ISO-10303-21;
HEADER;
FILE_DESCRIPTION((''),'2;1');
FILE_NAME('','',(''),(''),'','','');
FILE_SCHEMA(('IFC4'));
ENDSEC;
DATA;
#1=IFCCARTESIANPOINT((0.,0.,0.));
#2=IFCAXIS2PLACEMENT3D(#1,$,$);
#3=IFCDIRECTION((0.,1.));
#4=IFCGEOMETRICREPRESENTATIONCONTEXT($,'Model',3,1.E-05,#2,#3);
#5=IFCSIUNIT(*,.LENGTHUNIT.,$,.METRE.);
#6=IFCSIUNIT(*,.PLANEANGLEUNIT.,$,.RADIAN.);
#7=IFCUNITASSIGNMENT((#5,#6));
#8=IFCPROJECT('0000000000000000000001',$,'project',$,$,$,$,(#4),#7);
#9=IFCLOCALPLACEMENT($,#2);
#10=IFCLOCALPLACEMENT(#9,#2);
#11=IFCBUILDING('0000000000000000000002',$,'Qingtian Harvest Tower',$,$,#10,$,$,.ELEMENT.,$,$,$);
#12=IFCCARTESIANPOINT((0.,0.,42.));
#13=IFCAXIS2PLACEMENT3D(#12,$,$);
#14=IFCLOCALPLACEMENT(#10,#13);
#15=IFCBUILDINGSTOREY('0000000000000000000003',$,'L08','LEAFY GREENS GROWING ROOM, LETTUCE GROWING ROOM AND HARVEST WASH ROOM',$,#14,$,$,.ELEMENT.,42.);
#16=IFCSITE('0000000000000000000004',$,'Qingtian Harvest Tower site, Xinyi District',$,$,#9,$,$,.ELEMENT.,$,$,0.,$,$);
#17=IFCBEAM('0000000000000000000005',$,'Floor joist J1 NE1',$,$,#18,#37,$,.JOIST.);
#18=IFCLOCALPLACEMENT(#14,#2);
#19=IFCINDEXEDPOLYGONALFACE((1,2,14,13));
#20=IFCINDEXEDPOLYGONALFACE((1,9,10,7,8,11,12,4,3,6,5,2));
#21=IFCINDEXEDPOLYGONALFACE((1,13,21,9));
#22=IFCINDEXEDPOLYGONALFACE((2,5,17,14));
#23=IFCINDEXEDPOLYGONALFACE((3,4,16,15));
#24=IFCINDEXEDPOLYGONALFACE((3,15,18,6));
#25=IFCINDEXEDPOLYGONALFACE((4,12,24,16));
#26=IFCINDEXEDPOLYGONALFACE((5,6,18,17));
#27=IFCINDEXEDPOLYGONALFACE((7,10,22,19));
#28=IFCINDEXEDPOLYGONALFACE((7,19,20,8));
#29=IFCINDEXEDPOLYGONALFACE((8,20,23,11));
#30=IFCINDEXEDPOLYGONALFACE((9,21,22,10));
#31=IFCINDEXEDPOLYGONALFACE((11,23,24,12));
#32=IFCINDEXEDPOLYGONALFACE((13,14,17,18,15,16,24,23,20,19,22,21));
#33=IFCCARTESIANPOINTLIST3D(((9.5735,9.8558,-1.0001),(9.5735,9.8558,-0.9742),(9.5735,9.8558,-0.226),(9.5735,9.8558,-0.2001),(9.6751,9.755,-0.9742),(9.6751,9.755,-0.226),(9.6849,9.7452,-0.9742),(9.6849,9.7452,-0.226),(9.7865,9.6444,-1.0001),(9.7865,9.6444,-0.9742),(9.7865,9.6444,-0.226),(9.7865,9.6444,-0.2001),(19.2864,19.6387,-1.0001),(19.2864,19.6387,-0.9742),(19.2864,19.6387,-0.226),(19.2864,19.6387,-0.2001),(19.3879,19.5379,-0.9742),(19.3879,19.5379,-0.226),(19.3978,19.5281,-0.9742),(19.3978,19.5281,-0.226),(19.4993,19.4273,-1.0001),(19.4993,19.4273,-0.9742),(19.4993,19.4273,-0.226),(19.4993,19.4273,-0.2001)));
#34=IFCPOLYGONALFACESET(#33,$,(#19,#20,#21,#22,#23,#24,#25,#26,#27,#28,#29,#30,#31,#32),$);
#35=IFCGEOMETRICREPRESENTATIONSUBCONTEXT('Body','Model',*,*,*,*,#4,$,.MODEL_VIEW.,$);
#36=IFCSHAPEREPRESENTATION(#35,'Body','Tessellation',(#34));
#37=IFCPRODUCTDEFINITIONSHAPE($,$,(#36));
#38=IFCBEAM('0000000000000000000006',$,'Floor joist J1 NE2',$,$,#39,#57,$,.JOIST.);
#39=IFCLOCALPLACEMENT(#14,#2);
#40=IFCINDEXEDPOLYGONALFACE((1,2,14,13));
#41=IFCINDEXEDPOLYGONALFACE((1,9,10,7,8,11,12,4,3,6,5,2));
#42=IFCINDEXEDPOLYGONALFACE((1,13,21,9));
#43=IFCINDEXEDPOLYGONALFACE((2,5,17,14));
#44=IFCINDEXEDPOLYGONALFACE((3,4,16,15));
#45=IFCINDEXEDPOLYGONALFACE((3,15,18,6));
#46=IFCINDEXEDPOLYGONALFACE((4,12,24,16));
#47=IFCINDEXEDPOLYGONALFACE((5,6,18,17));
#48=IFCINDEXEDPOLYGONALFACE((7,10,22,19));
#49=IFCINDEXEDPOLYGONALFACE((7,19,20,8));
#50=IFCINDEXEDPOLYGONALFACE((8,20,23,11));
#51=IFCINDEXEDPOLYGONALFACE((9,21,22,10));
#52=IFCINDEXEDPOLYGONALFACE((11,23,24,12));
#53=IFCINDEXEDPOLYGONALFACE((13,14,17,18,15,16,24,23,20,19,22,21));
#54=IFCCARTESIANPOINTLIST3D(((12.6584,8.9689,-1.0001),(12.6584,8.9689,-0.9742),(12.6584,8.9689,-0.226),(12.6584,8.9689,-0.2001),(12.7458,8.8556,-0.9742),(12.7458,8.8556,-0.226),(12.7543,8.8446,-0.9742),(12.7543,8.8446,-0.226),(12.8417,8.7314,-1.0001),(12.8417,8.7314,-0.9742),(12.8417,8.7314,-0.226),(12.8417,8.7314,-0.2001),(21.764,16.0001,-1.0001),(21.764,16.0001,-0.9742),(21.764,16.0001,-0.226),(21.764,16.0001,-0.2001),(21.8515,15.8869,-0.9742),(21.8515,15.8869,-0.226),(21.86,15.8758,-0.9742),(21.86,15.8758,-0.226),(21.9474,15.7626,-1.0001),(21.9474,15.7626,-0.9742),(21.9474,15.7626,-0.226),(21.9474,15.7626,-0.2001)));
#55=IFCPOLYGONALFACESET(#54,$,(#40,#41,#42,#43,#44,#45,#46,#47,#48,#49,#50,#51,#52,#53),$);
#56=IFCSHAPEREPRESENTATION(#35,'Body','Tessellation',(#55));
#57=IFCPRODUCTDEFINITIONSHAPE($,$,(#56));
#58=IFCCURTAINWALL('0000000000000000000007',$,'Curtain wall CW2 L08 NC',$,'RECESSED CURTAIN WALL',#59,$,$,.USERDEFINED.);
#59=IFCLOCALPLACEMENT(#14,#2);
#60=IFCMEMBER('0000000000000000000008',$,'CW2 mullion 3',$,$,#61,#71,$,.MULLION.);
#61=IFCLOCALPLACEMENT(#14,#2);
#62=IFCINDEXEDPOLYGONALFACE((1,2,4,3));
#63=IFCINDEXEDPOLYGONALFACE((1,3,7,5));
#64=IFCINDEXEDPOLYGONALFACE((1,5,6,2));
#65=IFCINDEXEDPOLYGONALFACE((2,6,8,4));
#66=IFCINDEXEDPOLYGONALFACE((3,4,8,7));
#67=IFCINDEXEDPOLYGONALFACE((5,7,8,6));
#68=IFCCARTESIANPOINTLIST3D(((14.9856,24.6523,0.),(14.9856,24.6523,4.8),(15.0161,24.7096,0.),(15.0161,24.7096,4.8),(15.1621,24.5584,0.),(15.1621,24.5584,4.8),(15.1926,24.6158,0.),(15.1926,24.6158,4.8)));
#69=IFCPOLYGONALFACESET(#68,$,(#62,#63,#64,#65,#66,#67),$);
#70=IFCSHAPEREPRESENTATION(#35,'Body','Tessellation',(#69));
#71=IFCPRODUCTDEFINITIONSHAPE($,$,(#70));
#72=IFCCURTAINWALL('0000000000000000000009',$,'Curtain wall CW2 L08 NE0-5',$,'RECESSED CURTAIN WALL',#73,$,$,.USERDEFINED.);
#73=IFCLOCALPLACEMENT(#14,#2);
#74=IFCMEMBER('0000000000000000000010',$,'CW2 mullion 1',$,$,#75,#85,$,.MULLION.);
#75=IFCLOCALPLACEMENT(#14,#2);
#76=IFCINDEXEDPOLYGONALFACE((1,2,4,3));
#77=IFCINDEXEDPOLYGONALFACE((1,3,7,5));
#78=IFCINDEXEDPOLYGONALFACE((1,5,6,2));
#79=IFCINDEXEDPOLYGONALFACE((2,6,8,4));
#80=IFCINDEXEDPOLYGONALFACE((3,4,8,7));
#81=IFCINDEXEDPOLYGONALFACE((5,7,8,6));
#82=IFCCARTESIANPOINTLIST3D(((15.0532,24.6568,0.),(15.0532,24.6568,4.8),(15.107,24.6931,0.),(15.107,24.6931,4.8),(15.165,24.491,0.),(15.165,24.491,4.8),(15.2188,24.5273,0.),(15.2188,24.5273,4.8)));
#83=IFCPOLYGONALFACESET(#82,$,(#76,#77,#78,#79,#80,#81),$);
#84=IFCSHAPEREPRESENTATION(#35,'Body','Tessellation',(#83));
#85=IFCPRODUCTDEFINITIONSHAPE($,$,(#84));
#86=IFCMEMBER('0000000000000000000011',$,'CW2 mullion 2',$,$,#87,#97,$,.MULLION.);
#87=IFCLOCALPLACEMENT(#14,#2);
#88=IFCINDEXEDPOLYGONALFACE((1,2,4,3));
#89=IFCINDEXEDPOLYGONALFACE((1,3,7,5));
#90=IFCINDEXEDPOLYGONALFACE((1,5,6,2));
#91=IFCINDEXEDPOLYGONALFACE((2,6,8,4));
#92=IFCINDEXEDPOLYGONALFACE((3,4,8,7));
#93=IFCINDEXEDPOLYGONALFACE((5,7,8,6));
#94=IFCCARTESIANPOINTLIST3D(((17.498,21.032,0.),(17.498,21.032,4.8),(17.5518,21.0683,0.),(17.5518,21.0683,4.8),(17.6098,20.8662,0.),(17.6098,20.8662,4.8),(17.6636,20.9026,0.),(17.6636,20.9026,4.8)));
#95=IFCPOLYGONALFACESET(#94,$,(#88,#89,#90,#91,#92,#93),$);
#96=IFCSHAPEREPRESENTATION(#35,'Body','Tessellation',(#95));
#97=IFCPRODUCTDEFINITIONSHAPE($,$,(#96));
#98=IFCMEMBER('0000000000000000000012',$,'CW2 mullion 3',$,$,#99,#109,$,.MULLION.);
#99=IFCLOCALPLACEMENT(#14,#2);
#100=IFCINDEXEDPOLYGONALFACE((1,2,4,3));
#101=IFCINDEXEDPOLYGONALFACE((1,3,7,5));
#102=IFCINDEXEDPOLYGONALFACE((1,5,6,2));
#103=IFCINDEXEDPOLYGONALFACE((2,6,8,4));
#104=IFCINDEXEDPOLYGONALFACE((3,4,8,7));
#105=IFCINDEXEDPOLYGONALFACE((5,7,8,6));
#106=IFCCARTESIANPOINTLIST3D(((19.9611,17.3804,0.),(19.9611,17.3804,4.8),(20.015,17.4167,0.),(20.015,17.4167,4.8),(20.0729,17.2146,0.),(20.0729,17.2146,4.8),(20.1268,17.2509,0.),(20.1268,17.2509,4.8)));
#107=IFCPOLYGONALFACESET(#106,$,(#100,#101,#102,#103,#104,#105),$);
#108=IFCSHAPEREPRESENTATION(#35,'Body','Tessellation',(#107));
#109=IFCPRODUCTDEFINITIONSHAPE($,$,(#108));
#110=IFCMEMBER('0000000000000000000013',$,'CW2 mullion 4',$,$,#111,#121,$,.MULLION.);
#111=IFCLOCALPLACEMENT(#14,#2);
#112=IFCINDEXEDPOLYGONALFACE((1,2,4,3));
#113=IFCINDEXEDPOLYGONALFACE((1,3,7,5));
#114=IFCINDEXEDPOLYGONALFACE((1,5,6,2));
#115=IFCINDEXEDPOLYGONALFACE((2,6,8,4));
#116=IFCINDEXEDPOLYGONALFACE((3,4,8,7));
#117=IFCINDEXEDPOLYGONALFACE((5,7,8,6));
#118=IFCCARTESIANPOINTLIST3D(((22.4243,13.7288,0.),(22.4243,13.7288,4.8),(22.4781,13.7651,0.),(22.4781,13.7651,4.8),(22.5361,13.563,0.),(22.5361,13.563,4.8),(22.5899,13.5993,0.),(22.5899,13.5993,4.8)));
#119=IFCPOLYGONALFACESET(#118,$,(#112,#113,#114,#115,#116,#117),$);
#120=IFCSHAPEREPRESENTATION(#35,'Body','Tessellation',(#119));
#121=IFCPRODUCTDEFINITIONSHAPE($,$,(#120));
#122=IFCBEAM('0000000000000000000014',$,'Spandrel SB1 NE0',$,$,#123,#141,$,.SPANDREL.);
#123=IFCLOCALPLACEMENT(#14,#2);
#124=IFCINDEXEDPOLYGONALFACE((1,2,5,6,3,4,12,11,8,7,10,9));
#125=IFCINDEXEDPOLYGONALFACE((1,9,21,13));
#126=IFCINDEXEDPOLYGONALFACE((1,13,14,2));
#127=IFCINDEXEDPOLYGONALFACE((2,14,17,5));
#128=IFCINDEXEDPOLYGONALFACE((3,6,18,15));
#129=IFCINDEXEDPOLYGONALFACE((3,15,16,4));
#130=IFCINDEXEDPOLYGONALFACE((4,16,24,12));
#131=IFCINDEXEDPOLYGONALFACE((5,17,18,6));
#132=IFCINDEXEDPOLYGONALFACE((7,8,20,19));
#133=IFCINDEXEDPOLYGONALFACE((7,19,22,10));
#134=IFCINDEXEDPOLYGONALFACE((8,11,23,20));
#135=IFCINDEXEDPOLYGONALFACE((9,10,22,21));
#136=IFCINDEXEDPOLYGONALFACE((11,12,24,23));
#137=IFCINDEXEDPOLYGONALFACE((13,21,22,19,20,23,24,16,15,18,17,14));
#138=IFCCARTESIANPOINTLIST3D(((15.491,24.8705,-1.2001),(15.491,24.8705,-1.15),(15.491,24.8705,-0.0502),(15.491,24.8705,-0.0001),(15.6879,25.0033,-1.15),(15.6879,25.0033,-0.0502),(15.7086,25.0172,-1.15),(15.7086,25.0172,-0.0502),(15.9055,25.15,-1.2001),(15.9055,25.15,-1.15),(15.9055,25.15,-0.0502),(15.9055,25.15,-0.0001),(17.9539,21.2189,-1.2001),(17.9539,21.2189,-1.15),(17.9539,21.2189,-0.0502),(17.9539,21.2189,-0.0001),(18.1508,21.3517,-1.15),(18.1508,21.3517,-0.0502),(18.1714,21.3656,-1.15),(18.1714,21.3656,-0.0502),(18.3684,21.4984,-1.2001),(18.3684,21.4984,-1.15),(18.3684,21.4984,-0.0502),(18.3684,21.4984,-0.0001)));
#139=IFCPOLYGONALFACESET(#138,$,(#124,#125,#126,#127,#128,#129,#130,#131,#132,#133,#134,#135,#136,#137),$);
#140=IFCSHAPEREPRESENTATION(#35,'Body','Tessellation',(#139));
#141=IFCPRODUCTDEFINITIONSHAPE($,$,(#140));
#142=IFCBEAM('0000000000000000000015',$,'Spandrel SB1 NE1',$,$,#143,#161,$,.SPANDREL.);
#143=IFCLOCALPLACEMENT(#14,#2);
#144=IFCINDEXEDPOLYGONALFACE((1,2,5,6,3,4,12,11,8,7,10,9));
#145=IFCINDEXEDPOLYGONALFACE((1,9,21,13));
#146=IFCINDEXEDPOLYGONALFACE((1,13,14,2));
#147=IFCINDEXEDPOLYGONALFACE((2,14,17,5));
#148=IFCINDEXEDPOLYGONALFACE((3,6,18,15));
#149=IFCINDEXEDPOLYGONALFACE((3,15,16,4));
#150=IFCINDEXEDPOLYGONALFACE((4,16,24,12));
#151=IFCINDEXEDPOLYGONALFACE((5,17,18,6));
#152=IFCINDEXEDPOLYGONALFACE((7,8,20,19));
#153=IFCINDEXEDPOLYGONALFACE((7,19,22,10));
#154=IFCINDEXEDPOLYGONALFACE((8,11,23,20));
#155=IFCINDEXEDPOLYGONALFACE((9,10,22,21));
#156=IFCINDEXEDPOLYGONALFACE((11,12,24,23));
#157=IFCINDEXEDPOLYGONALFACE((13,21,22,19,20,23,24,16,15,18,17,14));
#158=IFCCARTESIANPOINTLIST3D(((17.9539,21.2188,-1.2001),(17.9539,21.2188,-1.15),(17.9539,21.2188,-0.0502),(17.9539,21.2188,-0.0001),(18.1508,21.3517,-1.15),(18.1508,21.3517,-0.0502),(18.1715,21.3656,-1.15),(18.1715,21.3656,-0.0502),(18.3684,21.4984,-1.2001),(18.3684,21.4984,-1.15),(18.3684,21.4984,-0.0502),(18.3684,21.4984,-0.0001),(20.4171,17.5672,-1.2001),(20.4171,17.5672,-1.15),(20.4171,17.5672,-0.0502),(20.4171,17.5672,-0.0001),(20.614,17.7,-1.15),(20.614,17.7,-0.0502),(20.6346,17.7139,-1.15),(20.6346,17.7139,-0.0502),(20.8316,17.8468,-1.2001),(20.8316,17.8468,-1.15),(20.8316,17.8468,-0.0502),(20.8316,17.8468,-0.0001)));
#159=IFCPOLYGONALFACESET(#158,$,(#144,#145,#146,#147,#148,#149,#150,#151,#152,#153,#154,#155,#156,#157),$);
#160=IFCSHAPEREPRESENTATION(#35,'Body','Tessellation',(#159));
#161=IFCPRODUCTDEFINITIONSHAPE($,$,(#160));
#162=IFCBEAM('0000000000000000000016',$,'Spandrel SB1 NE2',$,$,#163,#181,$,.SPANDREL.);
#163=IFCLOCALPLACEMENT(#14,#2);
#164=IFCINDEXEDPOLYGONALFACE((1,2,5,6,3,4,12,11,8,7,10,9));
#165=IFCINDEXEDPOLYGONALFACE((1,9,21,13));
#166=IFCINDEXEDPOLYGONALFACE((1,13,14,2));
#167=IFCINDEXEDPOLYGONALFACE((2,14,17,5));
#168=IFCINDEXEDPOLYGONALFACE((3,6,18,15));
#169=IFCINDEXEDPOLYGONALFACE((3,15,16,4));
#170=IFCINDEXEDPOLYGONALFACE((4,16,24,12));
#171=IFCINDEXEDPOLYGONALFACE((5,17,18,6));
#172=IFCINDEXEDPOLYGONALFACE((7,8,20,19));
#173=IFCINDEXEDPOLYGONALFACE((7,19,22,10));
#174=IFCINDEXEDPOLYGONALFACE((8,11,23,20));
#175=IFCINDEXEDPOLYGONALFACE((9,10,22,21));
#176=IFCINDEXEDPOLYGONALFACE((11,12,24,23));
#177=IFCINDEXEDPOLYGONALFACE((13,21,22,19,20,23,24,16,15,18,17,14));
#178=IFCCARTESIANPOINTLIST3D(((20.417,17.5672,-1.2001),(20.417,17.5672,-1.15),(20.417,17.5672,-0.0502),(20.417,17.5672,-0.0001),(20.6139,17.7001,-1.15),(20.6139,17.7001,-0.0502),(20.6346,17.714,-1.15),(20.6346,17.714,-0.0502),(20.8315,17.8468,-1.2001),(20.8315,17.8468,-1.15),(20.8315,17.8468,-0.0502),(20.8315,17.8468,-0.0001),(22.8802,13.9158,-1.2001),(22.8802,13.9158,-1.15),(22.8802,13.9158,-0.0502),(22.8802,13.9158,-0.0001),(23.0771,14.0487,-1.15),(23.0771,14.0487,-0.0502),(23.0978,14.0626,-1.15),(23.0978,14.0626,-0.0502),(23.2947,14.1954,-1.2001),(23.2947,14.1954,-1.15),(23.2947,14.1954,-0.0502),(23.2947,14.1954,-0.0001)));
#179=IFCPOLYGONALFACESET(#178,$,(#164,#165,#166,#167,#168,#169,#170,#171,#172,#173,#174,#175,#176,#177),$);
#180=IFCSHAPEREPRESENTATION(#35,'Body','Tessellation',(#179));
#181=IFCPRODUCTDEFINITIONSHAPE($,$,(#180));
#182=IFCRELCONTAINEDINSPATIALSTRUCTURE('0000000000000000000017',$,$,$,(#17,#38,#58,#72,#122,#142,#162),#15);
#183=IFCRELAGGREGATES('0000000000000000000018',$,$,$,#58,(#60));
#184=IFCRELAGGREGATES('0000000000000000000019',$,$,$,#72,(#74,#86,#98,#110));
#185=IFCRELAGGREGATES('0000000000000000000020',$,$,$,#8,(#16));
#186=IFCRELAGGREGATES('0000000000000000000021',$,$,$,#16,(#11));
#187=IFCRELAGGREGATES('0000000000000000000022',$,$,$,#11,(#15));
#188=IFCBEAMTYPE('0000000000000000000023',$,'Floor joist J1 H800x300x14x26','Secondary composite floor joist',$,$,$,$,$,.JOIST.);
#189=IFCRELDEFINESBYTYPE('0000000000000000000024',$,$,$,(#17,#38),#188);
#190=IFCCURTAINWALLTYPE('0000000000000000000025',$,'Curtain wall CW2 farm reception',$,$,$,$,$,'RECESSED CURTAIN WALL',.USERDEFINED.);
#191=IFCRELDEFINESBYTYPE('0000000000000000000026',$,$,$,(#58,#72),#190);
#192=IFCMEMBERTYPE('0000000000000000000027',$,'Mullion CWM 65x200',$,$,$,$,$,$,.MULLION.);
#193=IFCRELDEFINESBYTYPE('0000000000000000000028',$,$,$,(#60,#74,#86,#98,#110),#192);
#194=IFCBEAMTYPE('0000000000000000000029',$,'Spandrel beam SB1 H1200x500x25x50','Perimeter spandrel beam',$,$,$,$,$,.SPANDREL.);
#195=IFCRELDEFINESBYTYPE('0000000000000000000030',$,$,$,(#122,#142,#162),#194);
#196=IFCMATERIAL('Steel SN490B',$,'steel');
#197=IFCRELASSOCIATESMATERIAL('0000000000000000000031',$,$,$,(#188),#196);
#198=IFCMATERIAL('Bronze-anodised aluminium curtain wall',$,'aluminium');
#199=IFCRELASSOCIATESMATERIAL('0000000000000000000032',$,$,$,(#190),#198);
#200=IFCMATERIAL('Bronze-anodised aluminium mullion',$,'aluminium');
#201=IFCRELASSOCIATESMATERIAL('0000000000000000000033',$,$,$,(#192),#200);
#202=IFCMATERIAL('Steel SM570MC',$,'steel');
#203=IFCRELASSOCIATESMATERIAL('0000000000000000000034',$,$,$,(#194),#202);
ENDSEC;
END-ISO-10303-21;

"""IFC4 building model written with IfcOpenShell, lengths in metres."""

from ifc_helpers import new_model, si_unit, direction, frame, origin, origin_2d, place, context, subcontext, project, spatial, rectangle, i_section, extrude, material, material_profile, profile_set, type_object, element, aggregate, save


model = new_model("IFC4")

# Units and contexts
model_context = context("Model", 3, precision=1e-05, world=origin(), true_north=direction((0.0, 1.0)))
body_context = subcontext(model_context, "Body", "Model", "MODEL_VIEW")
ifc_project = project(units=[si_unit("LENGTHUNIT", "METRE"), si_unit("PLANEANGLEUNIT", "RADIAN")], contexts=[model_context])

# Site, building, storey
site_placement = place(None, origin())
site = spatial("IfcSite", under=ifc_project, at=site_placement, Name="Qingtian Harvest Tower site, Xinyi District", CompositionType="ELEMENT", RefElevation=0.0)
building_placement = place(site_placement, origin())
building = spatial("IfcBuilding", under=site, at=building_placement, Name="Qingtian Harvest Tower", CompositionType="ELEMENT")
storey_placement = place(building_placement, frame((0.0, 0.0, 42.0)))
storey = spatial("IfcBuildingStorey", under=building, at=storey_placement, Name="L08", Description="LEAFY GREENS GROWING ROOM, LETTUCE GROWING ROOM AND HARVEST WASH ROOM", CompositionType="ELEMENT", Elevation=42.0)

# Beams
ifc_material_1 = material(Name="Steel SN490B", Category="steel")
ifc_material_profile_1 = material_profile(ifc_material_1, i_section(OverallWidth=0.3, OverallDepth=0.8, WebThickness=0.0139, FlangeThickness=0.0259, at=origin_2d()), Name="H800x300x14x26")
ifc_profile_set_1 = profile_set([ifc_material_profile_1], Name="Steel SN490B")
beam_type_1 = type_object("IfcBeamType", Name="Floor joist J1 H800x300x14x26", Description="Secondary composite floor joist", PredefinedType="JOIST", material=ifc_profile_set_1)
beam_1_placement = place(storey_placement, frame((19.3928, 19.533, -0.6001), z_axis=(-0.704561, -0.709644, 0.0), x_axis=(0.709644, -0.704561, 0.0)))
element("IfcBeam", 1, at=beam_1_placement, inside=storey, type_object=beam_type_1, Name="Floor joist J1 NE1", PredefinedType="JOIST", context=body_context, shape_type="SweptSolid", body=[
    extrude(i_section(OverallWidth=0.3, OverallDepth=0.8, WebThickness=0.0139, FlangeThickness=0.0259, at=origin_2d()), origin(), (0.0, 0.0, 1.0), 13.7856),
])
beam_2_placement = place(storey_placement, frame((21.8557, 15.8813, -0.6001), z_axis=(-0.791495, -0.611176, 0.0), x_axis=(0.611176, -0.791495, 0.0)))
element("IfcBeam", 2, at=beam_2_placement, inside=storey, type_object=beam_type_1, Name="Floor joist J1 NE2", PredefinedType="JOIST", context=body_context, shape_type="SweptSolid", body=[
    extrude(i_section(OverallWidth=0.3, OverallDepth=0.8, WebThickness=0.0139, FlangeThickness=0.0259, at=origin_2d()), origin(), (0.0, 0.0, 1.0), 11.5044),
])

# Curtain wall, member
ifc_material_2 = material(Name="Bronze-anodised aluminium curtain wall", Category="aluminium")
curtain_wall_type = type_object("IfcCurtainWallType", Name="Curtain wall CW2 farm reception", ElementType="RECESSED CURTAIN WALL", PredefinedType="USERDEFINED", material=ifc_material_2)
curtain_wall_1_placement = place(storey_placement, origin())
curtain_wall_1 = element("IfcCurtainWall", 3, at=curtain_wall_1_placement, inside=storey, type_object=curtain_wall_type, Name="Curtain wall CW2 L08 NC", ObjectType="RECESSED CURTAIN WALL", PredefinedType="USERDEFINED")
ifc_material_3 = material(Name="Bronze-anodised aluminium mullion", Category="aluminium")
ifc_material_profile_2 = material_profile(ifc_material_3, rectangle(XDim=0.0649, YDim=0.2, at=origin_2d()), Name="AL 65x200")
ifc_profile_set_2 = profile_set([ifc_material_profile_2], Name="Bronze-anodised aluminium mullion")
member_type_1 = type_object("IfcMemberType", Name="Mullion CWM 65x200", PredefinedType="MULLION", material=ifc_profile_set_2)
member_1_placement = place(storey_placement, frame((15.0891, 24.634, 0.0), z_axis=(0.0, 0.0, 1.0), x_axis=(0.469472, 0.882948, 0.0)))
member_1 = element("IfcMember", 4, at=member_1_placement, type_object=member_type_1, Name="CW2 mullion 3", PredefinedType="MULLION", context=body_context, shape_type="SweptSolid", body=[
    extrude(rectangle(XDim=0.0649, YDim=0.2, at=origin_2d()), origin(), (0.0, 0.0, 1.0), 4.8),
])

# Curtain wall, members
curtain_wall_2_placement = place(storey_placement, origin())
curtain_wall_2 = element("IfcCurtainWall", 5, at=curtain_wall_2_placement, inside=storey, type_object=curtain_wall_type, Name="Curtain wall CW2 L08 NE0-5", ObjectType="RECESSED CURTAIN WALL", PredefinedType="USERDEFINED")
member_2_placement = place(storey_placement, frame((15.136, 24.592, 0.0), z_axis=(0.0, 0.0, 1.0), x_axis=(0.829038, 0.559193, 0.0)))
member_2 = element("IfcMember", 6, at=member_2_placement, type_object=member_type_1, Name="CW2 mullion 1", PredefinedType="MULLION", context=body_context, shape_type="SweptSolid", body=[
    extrude(rectangle(XDim=0.0649, YDim=0.2, at=origin_2d()), origin(), (0.0, 0.0, 1.0), 4.8),
])
member_3_placement = place(storey_placement, frame((17.5808, 20.9673, 0.0), z_axis=(0.0, 0.0, 1.0), x_axis=(0.829038, 0.559193, 0.0)))
member_3 = element("IfcMember", 7, at=member_3_placement, type_object=member_type_1, Name="CW2 mullion 2", PredefinedType="MULLION", context=body_context, shape_type="SweptSolid", body=[
    extrude(rectangle(XDim=0.0649, YDim=0.2, at=origin_2d()), origin(), (0.0, 0.0, 1.0), 4.8),
])
member_4_placement = place(storey_placement, frame((20.0439, 17.3157, 0.0), z_axis=(0.0, 0.0, 1.0), x_axis=(0.829038, 0.559193, 0.0)))
member_4 = element("IfcMember", 8, at=member_4_placement, type_object=member_type_1, Name="CW2 mullion 3", PredefinedType="MULLION", context=body_context, shape_type="SweptSolid", body=[
    extrude(rectangle(XDim=0.0649, YDim=0.2, at=origin_2d()), origin(), (0.0, 0.0, 1.0), 4.8),
])
member_5_placement = place(storey_placement, frame((22.5071, 13.6641, 0.0), z_axis=(0.0, 0.0, 1.0), x_axis=(0.829038, 0.559193, 0.0)))
member_5 = element("IfcMember", 9, at=member_5_placement, type_object=member_type_1, Name="CW2 mullion 4", PredefinedType="MULLION", context=body_context, shape_type="SweptSolid", body=[
    extrude(rectangle(XDim=0.0649, YDim=0.2, at=origin_2d()), origin(), (0.0, 0.0, 1.0), 4.8),
])

# Beams
ifc_material_4 = material(Name="Steel SM570MC", Category="steel")
ifc_material_profile_3 = material_profile(ifc_material_4, i_section(OverallWidth=0.5, OverallDepth=1.2, WebThickness=0.0249, FlangeThickness=0.05, at=origin_2d()), Name="H1200x500x25x50")
ifc_profile_set_3 = profile_set([ifc_material_profile_3], Name="Steel SM570MC")
beam_type_2 = type_object("IfcBeamType", Name="Spandrel beam SB1 H1200x500x25x50", Description="Perimeter spandrel beam", PredefinedType="SPANDREL", material=ifc_profile_set_3)
beam_3_placement = place(storey_placement, frame((15.6982, 25.0103, -0.6001), z_axis=(0.559169, -0.829054, 0.0), x_axis=(0.829054, 0.559169, 0.0)))
element("IfcBeam", 10, at=beam_3_placement, inside=storey, type_object=beam_type_2, Name="Spandrel SB1 NE0", PredefinedType="SPANDREL", context=body_context, shape_type="SweptSolid", body=[
    extrude(i_section(OverallWidth=0.5, OverallDepth=1.2, WebThickness=0.0249, FlangeThickness=0.05, at=origin_2d()), origin(), (0.0, 0.0, 1.0), 4.4045),
])
beam_4_placement = place(storey_placement, frame((18.1611, 21.3586, -0.6001), z_axis=(0.559207, -0.829028, 0.0), x_axis=(0.829028, 0.559207, 0.0)))
element("IfcBeam", 11, at=beam_4_placement, inside=storey, type_object=beam_type_2, Name="Spandrel SB1 NE1", PredefinedType="SPANDREL", context=body_context, shape_type="SweptSolid", body=[
    extrude(i_section(OverallWidth=0.5, OverallDepth=1.2, WebThickness=0.0249, FlangeThickness=0.05, at=origin_2d()), origin(), (0.0, 0.0, 1.0), 4.4048),
])
for number, where, z_axis, x_axis, name in (
    (12, (20.6243, 17.707, -0.6001), (0.559233, -0.829011, 0.0), (0.829011, 0.559233, 0.0), "Spandrel SB1 NE2"),
):
    element("IfcBeam", number, at=place(storey_placement, frame(where, z_axis=z_axis, x_axis=x_axis)), inside=storey, type_object=beam_type_2, Name=name, PredefinedType="SPANDREL", context=body_context, shape_type="SweptSolid", body=[
        extrude(i_section(OverallWidth=0.5, OverallDepth=1.2, WebThickness=0.0249, FlangeThickness=0.05, at=origin_2d()), origin(), (0.0, 0.0, 1.0), 4.4045),
    ])

aggregate(curtain_wall_1, [member_1])
aggregate(curtain_wall_2, [member_2, member_3, member_4, member_5])

save(model, "model.ifc")
